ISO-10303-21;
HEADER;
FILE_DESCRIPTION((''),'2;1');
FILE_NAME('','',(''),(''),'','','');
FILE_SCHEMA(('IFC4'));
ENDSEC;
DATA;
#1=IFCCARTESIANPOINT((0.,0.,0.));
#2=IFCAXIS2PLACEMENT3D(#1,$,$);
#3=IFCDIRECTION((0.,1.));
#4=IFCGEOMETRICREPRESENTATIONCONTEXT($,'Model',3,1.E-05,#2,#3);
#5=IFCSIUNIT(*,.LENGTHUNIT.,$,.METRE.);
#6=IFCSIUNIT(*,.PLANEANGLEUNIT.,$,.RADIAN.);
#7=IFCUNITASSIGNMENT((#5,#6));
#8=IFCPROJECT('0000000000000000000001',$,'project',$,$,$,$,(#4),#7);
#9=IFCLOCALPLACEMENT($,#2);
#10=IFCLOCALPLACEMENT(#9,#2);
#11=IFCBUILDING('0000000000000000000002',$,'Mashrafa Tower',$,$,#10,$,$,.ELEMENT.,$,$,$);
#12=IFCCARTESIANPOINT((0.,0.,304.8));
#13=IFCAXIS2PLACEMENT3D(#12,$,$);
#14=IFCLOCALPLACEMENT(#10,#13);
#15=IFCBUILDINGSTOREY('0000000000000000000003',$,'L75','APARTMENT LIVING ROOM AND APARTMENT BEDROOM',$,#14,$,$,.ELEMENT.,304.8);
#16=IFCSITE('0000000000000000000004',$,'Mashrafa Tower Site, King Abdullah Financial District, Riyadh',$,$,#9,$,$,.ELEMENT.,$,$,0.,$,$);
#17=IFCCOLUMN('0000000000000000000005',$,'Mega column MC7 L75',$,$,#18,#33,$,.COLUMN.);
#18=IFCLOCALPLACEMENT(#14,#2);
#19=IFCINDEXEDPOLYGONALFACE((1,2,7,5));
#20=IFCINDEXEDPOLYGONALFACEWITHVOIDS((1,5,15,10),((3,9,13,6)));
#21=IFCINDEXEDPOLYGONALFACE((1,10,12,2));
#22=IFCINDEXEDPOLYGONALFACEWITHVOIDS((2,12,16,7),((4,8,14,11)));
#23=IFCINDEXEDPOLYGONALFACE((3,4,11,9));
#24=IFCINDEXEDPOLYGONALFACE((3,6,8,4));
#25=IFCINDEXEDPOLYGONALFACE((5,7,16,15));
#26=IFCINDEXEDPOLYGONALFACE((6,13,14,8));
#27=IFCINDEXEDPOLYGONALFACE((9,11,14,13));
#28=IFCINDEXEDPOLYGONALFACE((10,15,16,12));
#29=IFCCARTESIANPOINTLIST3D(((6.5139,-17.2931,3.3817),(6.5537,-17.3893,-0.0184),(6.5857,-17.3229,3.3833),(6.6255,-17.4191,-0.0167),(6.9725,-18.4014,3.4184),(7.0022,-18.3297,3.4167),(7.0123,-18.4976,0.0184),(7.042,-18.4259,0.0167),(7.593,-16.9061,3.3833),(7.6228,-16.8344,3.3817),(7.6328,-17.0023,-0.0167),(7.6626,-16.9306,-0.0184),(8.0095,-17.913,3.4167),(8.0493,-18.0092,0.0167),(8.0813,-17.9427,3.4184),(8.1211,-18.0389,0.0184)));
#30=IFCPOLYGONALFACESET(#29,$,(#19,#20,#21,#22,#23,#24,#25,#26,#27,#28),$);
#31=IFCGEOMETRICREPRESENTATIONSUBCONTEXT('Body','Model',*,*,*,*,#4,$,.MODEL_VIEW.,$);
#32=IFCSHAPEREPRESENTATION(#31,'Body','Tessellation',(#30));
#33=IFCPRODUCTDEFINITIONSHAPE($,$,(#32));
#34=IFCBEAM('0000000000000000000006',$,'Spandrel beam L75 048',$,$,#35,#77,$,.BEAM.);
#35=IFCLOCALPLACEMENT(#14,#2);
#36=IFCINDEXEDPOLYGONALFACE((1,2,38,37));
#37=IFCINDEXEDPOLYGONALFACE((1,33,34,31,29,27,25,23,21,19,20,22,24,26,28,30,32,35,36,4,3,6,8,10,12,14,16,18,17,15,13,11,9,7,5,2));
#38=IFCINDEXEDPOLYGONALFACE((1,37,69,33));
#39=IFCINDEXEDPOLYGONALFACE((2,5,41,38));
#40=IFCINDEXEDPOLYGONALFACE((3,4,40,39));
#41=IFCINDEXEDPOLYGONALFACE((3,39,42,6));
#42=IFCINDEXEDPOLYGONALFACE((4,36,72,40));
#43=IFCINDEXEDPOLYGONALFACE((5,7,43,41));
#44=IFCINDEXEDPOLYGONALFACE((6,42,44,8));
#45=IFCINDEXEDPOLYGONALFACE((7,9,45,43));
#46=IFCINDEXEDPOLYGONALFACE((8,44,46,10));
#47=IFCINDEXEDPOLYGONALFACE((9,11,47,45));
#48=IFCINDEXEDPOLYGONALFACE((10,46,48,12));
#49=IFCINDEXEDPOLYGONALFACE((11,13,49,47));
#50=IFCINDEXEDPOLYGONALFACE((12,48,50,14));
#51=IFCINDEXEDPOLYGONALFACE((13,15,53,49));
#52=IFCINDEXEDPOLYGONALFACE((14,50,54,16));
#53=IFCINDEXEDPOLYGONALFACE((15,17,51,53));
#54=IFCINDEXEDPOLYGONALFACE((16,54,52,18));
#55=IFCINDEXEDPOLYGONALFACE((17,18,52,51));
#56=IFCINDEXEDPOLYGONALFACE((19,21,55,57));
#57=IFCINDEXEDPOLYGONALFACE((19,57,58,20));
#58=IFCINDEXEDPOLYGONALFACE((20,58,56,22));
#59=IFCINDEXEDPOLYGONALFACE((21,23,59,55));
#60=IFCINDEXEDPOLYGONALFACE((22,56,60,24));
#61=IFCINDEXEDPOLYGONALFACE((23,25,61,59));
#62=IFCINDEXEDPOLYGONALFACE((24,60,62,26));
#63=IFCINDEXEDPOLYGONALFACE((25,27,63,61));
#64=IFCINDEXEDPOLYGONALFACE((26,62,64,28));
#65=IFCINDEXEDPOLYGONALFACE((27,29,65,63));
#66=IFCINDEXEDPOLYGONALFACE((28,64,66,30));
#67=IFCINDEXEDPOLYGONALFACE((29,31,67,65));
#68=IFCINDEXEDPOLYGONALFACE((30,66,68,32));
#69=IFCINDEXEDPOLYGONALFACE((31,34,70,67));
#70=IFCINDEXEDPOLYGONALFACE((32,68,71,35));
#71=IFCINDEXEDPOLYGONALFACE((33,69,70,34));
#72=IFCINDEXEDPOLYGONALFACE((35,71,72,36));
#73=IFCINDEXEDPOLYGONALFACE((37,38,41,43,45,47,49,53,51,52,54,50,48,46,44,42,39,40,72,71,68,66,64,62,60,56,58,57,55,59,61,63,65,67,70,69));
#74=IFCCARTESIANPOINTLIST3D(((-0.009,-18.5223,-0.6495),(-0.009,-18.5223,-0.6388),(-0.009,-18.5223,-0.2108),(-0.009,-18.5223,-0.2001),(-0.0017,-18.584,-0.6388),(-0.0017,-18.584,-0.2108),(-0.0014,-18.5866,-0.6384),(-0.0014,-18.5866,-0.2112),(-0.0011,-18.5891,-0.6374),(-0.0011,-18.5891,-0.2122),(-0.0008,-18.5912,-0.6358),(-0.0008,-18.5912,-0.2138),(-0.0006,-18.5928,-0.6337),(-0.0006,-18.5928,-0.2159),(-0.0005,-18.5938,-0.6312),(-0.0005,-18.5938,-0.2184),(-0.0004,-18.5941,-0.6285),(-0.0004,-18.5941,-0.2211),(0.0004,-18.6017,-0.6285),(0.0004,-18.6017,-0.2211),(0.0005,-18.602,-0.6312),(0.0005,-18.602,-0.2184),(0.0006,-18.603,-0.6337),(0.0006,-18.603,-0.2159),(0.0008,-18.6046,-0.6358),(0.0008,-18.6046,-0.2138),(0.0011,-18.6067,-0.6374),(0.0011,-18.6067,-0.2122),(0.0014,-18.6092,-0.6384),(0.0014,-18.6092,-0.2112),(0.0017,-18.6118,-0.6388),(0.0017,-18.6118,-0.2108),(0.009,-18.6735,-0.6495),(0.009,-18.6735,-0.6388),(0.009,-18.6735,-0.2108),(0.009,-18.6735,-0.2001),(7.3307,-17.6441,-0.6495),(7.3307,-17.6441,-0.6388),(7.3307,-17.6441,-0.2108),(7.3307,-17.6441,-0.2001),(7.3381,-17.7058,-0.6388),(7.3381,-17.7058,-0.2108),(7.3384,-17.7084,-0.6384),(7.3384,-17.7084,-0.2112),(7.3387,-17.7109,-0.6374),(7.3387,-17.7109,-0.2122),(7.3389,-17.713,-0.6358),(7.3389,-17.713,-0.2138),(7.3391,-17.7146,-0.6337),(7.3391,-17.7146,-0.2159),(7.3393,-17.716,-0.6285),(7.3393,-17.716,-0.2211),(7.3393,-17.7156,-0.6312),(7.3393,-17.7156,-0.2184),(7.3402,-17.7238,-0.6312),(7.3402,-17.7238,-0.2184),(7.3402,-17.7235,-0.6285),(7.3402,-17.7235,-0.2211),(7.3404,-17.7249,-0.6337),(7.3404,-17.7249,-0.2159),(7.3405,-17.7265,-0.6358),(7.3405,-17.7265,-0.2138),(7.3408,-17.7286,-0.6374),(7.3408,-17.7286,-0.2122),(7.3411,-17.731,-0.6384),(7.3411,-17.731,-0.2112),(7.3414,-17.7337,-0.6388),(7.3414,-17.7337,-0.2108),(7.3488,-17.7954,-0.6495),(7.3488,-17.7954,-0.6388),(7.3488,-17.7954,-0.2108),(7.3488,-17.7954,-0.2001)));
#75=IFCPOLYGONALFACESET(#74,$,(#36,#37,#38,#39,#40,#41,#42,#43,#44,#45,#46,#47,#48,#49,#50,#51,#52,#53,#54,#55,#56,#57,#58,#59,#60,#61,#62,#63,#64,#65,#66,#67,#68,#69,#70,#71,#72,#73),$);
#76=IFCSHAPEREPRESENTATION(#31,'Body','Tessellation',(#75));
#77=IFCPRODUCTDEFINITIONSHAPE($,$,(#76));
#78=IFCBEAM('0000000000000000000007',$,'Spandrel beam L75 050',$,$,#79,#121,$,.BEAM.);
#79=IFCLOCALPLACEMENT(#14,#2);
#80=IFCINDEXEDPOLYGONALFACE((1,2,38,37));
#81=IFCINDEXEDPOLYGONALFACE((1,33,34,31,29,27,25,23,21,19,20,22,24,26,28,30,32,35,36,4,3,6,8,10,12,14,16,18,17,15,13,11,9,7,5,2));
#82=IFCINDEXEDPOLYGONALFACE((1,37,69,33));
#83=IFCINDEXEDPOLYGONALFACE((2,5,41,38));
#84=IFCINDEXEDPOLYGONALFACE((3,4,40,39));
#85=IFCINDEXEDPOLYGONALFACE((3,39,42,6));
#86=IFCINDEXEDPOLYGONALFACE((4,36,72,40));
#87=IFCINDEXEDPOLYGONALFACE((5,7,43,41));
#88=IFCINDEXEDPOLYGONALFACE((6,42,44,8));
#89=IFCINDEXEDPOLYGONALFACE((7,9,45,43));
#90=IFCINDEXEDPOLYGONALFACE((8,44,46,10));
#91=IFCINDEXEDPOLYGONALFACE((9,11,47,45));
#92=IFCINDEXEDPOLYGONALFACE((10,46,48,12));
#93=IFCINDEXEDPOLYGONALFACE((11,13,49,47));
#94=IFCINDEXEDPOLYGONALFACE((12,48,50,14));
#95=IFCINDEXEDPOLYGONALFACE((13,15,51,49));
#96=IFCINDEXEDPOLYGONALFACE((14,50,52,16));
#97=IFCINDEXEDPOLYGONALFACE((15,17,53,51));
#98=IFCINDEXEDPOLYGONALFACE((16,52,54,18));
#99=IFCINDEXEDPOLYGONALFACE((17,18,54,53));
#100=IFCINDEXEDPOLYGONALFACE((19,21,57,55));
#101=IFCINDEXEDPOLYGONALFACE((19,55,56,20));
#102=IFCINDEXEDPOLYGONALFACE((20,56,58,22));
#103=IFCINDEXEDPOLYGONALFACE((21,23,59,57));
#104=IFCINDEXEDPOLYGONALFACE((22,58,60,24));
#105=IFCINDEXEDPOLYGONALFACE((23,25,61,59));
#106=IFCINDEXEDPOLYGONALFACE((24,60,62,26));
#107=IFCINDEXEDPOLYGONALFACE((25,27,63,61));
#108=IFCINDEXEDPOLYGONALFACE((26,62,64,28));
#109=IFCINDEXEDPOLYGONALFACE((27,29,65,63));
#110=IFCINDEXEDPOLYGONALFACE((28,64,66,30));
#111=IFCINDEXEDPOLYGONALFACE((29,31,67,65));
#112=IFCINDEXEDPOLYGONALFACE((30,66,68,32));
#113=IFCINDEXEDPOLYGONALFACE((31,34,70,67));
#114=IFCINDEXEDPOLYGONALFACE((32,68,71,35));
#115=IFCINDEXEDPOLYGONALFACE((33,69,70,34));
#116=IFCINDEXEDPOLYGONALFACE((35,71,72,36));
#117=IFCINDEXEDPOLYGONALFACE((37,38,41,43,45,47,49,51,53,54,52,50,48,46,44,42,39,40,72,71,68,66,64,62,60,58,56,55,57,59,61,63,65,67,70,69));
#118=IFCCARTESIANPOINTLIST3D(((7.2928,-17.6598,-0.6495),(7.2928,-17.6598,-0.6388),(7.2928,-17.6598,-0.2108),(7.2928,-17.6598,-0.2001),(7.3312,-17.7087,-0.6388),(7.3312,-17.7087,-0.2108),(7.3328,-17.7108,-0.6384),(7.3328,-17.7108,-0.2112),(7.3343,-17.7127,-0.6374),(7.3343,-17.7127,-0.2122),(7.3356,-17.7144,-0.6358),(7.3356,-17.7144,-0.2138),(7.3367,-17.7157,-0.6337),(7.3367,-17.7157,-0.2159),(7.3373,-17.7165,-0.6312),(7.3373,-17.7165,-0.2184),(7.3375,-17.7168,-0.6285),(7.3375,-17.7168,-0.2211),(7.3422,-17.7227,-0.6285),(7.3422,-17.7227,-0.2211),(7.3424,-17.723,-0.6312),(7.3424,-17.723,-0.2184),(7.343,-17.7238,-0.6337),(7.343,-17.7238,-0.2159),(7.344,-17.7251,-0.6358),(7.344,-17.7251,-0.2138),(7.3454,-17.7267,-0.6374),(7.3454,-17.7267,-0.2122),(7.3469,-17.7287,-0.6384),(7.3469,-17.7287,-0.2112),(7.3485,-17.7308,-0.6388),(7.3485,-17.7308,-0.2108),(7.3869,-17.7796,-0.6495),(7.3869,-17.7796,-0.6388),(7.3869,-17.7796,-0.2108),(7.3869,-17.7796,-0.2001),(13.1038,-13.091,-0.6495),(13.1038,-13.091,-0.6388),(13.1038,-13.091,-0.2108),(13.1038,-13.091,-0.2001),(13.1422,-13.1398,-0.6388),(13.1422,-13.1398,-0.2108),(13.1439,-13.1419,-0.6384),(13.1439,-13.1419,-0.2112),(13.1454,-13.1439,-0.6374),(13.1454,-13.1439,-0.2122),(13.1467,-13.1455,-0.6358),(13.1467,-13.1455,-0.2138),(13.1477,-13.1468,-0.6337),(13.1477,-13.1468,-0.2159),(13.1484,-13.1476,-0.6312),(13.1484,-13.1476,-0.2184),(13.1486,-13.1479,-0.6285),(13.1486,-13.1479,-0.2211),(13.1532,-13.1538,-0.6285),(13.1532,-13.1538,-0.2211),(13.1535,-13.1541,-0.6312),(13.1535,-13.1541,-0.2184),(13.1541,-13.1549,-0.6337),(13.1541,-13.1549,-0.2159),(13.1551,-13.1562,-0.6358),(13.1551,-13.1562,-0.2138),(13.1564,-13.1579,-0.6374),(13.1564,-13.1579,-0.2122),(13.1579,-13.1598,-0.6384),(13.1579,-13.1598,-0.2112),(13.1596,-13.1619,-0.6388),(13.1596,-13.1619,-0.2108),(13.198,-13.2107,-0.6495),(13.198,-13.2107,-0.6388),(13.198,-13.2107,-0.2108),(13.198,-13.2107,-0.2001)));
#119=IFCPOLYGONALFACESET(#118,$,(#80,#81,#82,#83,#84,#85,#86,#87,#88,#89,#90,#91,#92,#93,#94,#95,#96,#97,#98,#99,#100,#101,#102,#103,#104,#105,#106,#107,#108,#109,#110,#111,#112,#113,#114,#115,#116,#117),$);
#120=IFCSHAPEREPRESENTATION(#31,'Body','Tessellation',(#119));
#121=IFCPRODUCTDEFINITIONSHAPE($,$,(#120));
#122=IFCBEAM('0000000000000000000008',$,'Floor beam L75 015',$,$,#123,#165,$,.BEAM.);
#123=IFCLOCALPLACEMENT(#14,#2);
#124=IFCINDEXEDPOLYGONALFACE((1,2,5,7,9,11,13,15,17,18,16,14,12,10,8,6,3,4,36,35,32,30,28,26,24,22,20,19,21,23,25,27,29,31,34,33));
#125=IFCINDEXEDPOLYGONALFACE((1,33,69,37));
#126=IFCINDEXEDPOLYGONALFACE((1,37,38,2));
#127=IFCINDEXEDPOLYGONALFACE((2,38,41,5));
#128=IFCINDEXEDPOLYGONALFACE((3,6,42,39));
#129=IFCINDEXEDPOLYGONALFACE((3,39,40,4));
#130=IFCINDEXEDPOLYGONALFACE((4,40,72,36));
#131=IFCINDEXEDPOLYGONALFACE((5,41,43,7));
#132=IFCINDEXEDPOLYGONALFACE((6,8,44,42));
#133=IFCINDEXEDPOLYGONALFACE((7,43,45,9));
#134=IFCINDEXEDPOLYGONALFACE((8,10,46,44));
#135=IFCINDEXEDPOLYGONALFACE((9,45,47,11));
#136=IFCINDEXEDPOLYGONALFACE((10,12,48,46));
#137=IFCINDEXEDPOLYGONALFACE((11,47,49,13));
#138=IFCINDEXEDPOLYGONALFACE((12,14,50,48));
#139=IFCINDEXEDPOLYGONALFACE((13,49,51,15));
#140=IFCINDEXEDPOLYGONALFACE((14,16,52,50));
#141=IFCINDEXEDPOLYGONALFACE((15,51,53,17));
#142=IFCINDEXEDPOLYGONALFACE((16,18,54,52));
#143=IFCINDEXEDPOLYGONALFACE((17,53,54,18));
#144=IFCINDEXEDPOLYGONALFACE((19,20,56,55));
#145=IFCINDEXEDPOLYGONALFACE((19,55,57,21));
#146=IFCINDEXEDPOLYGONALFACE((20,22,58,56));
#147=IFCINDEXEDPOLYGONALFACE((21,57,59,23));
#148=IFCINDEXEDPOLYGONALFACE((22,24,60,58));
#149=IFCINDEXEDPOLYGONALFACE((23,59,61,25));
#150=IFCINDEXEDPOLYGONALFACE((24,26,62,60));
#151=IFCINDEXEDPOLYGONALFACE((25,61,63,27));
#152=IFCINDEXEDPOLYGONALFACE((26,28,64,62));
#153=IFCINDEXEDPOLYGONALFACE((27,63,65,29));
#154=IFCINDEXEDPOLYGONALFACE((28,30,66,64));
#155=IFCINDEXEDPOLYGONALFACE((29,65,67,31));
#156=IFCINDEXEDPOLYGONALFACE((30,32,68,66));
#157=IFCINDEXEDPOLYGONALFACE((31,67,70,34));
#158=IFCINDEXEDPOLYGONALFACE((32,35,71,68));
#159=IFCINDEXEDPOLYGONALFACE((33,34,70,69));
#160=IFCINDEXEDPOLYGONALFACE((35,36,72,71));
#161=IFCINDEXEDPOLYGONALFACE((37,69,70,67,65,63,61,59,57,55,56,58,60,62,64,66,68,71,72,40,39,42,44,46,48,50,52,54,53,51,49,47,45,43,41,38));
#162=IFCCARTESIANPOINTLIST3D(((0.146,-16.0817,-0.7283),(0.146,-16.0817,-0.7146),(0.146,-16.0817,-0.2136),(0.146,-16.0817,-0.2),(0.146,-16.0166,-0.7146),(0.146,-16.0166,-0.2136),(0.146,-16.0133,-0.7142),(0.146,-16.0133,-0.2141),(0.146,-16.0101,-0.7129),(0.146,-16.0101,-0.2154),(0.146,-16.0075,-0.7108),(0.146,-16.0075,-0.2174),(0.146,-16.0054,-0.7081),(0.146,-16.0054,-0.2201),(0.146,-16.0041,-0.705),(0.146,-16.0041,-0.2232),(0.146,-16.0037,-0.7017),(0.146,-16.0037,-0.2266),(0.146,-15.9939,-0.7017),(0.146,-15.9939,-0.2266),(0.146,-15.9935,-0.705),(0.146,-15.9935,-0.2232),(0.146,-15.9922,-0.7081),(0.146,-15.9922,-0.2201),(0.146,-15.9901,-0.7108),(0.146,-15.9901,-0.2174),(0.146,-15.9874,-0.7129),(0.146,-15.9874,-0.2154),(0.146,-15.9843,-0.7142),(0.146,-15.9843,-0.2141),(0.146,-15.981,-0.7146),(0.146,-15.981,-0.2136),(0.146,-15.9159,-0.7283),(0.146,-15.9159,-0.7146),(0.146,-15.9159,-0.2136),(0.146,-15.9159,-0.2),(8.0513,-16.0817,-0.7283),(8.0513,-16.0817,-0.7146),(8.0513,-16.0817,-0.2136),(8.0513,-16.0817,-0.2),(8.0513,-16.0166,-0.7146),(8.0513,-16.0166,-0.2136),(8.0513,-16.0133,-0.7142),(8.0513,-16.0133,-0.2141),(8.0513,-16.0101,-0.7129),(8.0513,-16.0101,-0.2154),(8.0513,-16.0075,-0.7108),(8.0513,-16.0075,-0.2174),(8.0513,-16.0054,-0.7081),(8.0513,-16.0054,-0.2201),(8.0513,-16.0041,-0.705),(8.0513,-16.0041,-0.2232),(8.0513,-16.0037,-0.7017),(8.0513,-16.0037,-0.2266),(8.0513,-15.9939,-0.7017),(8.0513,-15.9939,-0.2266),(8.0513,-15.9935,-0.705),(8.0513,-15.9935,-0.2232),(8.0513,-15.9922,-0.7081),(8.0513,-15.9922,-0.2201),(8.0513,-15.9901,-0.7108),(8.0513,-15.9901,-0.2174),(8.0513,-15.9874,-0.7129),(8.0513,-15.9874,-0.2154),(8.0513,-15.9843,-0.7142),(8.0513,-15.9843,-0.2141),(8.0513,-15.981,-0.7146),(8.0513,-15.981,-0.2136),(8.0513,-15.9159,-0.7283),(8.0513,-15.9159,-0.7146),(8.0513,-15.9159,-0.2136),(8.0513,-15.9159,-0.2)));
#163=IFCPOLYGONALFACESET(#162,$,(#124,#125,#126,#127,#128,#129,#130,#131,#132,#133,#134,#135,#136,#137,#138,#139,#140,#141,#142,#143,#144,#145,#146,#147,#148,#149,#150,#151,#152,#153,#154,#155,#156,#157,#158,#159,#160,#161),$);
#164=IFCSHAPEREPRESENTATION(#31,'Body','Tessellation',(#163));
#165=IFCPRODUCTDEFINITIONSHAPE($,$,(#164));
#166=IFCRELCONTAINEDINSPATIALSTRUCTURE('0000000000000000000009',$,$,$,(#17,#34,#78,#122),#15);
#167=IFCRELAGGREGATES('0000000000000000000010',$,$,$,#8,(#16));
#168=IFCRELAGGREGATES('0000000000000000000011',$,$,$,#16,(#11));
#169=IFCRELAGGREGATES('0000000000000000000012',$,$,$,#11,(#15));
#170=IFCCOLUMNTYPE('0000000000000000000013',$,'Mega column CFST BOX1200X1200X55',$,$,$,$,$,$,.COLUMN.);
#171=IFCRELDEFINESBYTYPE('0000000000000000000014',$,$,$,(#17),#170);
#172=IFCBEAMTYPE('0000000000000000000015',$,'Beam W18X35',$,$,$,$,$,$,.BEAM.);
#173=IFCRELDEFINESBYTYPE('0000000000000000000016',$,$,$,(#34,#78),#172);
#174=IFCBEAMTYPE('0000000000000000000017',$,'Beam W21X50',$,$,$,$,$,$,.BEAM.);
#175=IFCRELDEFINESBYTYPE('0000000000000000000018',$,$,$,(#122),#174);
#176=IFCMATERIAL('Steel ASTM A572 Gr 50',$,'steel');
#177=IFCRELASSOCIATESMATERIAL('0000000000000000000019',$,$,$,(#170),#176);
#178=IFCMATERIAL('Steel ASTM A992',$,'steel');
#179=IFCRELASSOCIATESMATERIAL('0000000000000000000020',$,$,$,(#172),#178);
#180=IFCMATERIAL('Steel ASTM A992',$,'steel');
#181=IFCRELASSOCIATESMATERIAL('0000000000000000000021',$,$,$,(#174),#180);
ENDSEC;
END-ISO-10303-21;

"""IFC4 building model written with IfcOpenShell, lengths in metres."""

from ifc_helpers import new_model, si_unit, direction, frame, origin, origin_2d, place, context, subcontext, project, spatial, hollow_rectangle, i_section, extrude, material, material_profile, profile_set, type_object, element, save


model = new_model("IFC4")

# Units and contexts
model_context = context("Model", 3, precision=1e-05, world=origin(), true_north=direction((0.0, 1.0)))
body_context = subcontext(model_context, "Body", "Model", "MODEL_VIEW")
ifc_project = project(units=[si_unit("LENGTHUNIT", "METRE"), si_unit("PLANEANGLEUNIT", "RADIAN")], contexts=[model_context])

# Site, building, storey
site_placement = place(None, origin())
site = spatial("IfcSite", under=ifc_project, at=site_placement, Name="Mashrafa Tower Site, King Abdullah Financial District, Riyadh", CompositionType="ELEMENT", RefElevation=0.0)
building_placement = place(site_placement, origin())
building = spatial("IfcBuilding", under=site, at=building_placement, Name="Mashrafa Tower", CompositionType="ELEMENT")
storey_placement = place(building_placement, frame((0.0, 0.0, 304.8)))
storey = spatial("IfcBuildingStorey", under=building, at=storey_placement, Name="L75", Description="APARTMENT LIVING ROOM AND APARTMENT BEDROOM", CompositionType="ELEMENT", Elevation=304.8)

# Column
ifc_material_1 = material(Name="Steel ASTM A572 Gr 50", Category="steel")
ifc_material_profile_1 = material_profile(ifc_material_1, hollow_rectangle(XDim=1.2, YDim=1.2, WallThickness=0.0549, at=origin_2d()), Name="BOX1200X1200X55")
ifc_profile_set_1 = profile_set([ifc_material_profile_1], Name="Steel ASTM A572 Gr 50")
column_type = type_object("IfcColumnType", Name="Mega column CFST BOX1200X1200X55", PredefinedType="COLUMN", material=ifc_profile_set_1)
column_placement = place(storey_placement, frame((7.3374, -17.7141, 0.0), z_axis=(-0.011699, 0.028279, 0.999532), x_axis=(-0.924045, -0.382283, 0.0)))
element("IfcColumn", 1, at=column_placement, inside=storey, type_object=column_type, Name="Mega column MC7 L75", PredefinedType="COLUMN", context=body_context, shape_type="SweptSolid", body=[
    extrude(hollow_rectangle(XDim=1.2, YDim=1.2, WallThickness=0.0549, at=origin_2d()), origin(), (0.0, 0.0, 1.0), 3.4016),
])

# Beams
ifc_material_2 = material(Name="Steel ASTM A992", Category="steel")
ifc_material_profile_2 = material_profile(ifc_material_2, i_section(OverallWidth=0.1523, OverallDepth=0.4495, WebThickness=0.0076, FlangeThickness=0.0107, FilletRadius=0.0103, at=origin_2d()), Name="W18X35")
ifc_profile_set_2 = profile_set([ifc_material_profile_2], Name="Steel ASTM A992")
beam_type_1 = type_object("IfcBeamType", Name="Beam W18X35", PredefinedType="BEAM", material=ifc_profile_set_2)
for number, where, z_axis, x_axis, name in (
    (2, (0.0, -18.5979, -0.4248), (0.992919, 0.118797, 0.0), (-0.118797, 0.992919, 0.0), "Spandrel beam L75 048"),
    (3, (7.3398, -17.7197, -0.4248), (0.786119, 0.618075, 0.0), (-0.618075, 0.786119, 0.0), "Spandrel beam L75 050"),
):
    element("IfcBeam", number, at=place(storey_placement, frame(where, z_axis=z_axis, x_axis=x_axis)), inside=storey, type_object=beam_type_1, Name=name, PredefinedType="BEAM", context=body_context, shape_type="SweptSolid", body=[
        extrude(i_section(OverallWidth=0.1523, OverallDepth=0.4495, WebThickness=0.0076, FlangeThickness=0.0107, FilletRadius=0.0103, at=origin_2d()), origin(), (0.0, 0.0, 1.0), 7.3921),
    ])
ifc_material_3 = material(Name="Steel ASTM A992", Category="steel")
ifc_material_profile_3 = material_profile(ifc_material_3, i_section(OverallWidth=0.1658, OverallDepth=0.5283, WebThickness=0.0098, FlangeThickness=0.0137, FilletRadius=0.0129, at=origin_2d()), Name="W21X50")
ifc_profile_set_3 = profile_set([ifc_material_profile_3], Name="Steel ASTM A992")
beam_type_2 = type_object("IfcBeamType", Name="Beam W21X50", PredefinedType="BEAM", material=ifc_profile_set_3)
beam_1_placement = place(storey_placement, frame((8.0513, -15.9988, -0.4641), z_axis=(-1.0, 0.0, 0.0), x_axis=(0.0, -1.0, 0.0)))
element("IfcBeam", 4, at=beam_1_placement, inside=storey, type_object=beam_type_2, Name="Floor beam L75 015", PredefinedType="BEAM", context=body_context, shape_type="SweptSolid", body=[
    extrude(i_section(OverallWidth=0.1658, OverallDepth=0.5283, WebThickness=0.0098, FlangeThickness=0.0137, FilletRadius=0.0129, at=origin_2d()), origin(), (0.0, 0.0, 1.0), 7.9053),
])

save(model, "model.ifc")
